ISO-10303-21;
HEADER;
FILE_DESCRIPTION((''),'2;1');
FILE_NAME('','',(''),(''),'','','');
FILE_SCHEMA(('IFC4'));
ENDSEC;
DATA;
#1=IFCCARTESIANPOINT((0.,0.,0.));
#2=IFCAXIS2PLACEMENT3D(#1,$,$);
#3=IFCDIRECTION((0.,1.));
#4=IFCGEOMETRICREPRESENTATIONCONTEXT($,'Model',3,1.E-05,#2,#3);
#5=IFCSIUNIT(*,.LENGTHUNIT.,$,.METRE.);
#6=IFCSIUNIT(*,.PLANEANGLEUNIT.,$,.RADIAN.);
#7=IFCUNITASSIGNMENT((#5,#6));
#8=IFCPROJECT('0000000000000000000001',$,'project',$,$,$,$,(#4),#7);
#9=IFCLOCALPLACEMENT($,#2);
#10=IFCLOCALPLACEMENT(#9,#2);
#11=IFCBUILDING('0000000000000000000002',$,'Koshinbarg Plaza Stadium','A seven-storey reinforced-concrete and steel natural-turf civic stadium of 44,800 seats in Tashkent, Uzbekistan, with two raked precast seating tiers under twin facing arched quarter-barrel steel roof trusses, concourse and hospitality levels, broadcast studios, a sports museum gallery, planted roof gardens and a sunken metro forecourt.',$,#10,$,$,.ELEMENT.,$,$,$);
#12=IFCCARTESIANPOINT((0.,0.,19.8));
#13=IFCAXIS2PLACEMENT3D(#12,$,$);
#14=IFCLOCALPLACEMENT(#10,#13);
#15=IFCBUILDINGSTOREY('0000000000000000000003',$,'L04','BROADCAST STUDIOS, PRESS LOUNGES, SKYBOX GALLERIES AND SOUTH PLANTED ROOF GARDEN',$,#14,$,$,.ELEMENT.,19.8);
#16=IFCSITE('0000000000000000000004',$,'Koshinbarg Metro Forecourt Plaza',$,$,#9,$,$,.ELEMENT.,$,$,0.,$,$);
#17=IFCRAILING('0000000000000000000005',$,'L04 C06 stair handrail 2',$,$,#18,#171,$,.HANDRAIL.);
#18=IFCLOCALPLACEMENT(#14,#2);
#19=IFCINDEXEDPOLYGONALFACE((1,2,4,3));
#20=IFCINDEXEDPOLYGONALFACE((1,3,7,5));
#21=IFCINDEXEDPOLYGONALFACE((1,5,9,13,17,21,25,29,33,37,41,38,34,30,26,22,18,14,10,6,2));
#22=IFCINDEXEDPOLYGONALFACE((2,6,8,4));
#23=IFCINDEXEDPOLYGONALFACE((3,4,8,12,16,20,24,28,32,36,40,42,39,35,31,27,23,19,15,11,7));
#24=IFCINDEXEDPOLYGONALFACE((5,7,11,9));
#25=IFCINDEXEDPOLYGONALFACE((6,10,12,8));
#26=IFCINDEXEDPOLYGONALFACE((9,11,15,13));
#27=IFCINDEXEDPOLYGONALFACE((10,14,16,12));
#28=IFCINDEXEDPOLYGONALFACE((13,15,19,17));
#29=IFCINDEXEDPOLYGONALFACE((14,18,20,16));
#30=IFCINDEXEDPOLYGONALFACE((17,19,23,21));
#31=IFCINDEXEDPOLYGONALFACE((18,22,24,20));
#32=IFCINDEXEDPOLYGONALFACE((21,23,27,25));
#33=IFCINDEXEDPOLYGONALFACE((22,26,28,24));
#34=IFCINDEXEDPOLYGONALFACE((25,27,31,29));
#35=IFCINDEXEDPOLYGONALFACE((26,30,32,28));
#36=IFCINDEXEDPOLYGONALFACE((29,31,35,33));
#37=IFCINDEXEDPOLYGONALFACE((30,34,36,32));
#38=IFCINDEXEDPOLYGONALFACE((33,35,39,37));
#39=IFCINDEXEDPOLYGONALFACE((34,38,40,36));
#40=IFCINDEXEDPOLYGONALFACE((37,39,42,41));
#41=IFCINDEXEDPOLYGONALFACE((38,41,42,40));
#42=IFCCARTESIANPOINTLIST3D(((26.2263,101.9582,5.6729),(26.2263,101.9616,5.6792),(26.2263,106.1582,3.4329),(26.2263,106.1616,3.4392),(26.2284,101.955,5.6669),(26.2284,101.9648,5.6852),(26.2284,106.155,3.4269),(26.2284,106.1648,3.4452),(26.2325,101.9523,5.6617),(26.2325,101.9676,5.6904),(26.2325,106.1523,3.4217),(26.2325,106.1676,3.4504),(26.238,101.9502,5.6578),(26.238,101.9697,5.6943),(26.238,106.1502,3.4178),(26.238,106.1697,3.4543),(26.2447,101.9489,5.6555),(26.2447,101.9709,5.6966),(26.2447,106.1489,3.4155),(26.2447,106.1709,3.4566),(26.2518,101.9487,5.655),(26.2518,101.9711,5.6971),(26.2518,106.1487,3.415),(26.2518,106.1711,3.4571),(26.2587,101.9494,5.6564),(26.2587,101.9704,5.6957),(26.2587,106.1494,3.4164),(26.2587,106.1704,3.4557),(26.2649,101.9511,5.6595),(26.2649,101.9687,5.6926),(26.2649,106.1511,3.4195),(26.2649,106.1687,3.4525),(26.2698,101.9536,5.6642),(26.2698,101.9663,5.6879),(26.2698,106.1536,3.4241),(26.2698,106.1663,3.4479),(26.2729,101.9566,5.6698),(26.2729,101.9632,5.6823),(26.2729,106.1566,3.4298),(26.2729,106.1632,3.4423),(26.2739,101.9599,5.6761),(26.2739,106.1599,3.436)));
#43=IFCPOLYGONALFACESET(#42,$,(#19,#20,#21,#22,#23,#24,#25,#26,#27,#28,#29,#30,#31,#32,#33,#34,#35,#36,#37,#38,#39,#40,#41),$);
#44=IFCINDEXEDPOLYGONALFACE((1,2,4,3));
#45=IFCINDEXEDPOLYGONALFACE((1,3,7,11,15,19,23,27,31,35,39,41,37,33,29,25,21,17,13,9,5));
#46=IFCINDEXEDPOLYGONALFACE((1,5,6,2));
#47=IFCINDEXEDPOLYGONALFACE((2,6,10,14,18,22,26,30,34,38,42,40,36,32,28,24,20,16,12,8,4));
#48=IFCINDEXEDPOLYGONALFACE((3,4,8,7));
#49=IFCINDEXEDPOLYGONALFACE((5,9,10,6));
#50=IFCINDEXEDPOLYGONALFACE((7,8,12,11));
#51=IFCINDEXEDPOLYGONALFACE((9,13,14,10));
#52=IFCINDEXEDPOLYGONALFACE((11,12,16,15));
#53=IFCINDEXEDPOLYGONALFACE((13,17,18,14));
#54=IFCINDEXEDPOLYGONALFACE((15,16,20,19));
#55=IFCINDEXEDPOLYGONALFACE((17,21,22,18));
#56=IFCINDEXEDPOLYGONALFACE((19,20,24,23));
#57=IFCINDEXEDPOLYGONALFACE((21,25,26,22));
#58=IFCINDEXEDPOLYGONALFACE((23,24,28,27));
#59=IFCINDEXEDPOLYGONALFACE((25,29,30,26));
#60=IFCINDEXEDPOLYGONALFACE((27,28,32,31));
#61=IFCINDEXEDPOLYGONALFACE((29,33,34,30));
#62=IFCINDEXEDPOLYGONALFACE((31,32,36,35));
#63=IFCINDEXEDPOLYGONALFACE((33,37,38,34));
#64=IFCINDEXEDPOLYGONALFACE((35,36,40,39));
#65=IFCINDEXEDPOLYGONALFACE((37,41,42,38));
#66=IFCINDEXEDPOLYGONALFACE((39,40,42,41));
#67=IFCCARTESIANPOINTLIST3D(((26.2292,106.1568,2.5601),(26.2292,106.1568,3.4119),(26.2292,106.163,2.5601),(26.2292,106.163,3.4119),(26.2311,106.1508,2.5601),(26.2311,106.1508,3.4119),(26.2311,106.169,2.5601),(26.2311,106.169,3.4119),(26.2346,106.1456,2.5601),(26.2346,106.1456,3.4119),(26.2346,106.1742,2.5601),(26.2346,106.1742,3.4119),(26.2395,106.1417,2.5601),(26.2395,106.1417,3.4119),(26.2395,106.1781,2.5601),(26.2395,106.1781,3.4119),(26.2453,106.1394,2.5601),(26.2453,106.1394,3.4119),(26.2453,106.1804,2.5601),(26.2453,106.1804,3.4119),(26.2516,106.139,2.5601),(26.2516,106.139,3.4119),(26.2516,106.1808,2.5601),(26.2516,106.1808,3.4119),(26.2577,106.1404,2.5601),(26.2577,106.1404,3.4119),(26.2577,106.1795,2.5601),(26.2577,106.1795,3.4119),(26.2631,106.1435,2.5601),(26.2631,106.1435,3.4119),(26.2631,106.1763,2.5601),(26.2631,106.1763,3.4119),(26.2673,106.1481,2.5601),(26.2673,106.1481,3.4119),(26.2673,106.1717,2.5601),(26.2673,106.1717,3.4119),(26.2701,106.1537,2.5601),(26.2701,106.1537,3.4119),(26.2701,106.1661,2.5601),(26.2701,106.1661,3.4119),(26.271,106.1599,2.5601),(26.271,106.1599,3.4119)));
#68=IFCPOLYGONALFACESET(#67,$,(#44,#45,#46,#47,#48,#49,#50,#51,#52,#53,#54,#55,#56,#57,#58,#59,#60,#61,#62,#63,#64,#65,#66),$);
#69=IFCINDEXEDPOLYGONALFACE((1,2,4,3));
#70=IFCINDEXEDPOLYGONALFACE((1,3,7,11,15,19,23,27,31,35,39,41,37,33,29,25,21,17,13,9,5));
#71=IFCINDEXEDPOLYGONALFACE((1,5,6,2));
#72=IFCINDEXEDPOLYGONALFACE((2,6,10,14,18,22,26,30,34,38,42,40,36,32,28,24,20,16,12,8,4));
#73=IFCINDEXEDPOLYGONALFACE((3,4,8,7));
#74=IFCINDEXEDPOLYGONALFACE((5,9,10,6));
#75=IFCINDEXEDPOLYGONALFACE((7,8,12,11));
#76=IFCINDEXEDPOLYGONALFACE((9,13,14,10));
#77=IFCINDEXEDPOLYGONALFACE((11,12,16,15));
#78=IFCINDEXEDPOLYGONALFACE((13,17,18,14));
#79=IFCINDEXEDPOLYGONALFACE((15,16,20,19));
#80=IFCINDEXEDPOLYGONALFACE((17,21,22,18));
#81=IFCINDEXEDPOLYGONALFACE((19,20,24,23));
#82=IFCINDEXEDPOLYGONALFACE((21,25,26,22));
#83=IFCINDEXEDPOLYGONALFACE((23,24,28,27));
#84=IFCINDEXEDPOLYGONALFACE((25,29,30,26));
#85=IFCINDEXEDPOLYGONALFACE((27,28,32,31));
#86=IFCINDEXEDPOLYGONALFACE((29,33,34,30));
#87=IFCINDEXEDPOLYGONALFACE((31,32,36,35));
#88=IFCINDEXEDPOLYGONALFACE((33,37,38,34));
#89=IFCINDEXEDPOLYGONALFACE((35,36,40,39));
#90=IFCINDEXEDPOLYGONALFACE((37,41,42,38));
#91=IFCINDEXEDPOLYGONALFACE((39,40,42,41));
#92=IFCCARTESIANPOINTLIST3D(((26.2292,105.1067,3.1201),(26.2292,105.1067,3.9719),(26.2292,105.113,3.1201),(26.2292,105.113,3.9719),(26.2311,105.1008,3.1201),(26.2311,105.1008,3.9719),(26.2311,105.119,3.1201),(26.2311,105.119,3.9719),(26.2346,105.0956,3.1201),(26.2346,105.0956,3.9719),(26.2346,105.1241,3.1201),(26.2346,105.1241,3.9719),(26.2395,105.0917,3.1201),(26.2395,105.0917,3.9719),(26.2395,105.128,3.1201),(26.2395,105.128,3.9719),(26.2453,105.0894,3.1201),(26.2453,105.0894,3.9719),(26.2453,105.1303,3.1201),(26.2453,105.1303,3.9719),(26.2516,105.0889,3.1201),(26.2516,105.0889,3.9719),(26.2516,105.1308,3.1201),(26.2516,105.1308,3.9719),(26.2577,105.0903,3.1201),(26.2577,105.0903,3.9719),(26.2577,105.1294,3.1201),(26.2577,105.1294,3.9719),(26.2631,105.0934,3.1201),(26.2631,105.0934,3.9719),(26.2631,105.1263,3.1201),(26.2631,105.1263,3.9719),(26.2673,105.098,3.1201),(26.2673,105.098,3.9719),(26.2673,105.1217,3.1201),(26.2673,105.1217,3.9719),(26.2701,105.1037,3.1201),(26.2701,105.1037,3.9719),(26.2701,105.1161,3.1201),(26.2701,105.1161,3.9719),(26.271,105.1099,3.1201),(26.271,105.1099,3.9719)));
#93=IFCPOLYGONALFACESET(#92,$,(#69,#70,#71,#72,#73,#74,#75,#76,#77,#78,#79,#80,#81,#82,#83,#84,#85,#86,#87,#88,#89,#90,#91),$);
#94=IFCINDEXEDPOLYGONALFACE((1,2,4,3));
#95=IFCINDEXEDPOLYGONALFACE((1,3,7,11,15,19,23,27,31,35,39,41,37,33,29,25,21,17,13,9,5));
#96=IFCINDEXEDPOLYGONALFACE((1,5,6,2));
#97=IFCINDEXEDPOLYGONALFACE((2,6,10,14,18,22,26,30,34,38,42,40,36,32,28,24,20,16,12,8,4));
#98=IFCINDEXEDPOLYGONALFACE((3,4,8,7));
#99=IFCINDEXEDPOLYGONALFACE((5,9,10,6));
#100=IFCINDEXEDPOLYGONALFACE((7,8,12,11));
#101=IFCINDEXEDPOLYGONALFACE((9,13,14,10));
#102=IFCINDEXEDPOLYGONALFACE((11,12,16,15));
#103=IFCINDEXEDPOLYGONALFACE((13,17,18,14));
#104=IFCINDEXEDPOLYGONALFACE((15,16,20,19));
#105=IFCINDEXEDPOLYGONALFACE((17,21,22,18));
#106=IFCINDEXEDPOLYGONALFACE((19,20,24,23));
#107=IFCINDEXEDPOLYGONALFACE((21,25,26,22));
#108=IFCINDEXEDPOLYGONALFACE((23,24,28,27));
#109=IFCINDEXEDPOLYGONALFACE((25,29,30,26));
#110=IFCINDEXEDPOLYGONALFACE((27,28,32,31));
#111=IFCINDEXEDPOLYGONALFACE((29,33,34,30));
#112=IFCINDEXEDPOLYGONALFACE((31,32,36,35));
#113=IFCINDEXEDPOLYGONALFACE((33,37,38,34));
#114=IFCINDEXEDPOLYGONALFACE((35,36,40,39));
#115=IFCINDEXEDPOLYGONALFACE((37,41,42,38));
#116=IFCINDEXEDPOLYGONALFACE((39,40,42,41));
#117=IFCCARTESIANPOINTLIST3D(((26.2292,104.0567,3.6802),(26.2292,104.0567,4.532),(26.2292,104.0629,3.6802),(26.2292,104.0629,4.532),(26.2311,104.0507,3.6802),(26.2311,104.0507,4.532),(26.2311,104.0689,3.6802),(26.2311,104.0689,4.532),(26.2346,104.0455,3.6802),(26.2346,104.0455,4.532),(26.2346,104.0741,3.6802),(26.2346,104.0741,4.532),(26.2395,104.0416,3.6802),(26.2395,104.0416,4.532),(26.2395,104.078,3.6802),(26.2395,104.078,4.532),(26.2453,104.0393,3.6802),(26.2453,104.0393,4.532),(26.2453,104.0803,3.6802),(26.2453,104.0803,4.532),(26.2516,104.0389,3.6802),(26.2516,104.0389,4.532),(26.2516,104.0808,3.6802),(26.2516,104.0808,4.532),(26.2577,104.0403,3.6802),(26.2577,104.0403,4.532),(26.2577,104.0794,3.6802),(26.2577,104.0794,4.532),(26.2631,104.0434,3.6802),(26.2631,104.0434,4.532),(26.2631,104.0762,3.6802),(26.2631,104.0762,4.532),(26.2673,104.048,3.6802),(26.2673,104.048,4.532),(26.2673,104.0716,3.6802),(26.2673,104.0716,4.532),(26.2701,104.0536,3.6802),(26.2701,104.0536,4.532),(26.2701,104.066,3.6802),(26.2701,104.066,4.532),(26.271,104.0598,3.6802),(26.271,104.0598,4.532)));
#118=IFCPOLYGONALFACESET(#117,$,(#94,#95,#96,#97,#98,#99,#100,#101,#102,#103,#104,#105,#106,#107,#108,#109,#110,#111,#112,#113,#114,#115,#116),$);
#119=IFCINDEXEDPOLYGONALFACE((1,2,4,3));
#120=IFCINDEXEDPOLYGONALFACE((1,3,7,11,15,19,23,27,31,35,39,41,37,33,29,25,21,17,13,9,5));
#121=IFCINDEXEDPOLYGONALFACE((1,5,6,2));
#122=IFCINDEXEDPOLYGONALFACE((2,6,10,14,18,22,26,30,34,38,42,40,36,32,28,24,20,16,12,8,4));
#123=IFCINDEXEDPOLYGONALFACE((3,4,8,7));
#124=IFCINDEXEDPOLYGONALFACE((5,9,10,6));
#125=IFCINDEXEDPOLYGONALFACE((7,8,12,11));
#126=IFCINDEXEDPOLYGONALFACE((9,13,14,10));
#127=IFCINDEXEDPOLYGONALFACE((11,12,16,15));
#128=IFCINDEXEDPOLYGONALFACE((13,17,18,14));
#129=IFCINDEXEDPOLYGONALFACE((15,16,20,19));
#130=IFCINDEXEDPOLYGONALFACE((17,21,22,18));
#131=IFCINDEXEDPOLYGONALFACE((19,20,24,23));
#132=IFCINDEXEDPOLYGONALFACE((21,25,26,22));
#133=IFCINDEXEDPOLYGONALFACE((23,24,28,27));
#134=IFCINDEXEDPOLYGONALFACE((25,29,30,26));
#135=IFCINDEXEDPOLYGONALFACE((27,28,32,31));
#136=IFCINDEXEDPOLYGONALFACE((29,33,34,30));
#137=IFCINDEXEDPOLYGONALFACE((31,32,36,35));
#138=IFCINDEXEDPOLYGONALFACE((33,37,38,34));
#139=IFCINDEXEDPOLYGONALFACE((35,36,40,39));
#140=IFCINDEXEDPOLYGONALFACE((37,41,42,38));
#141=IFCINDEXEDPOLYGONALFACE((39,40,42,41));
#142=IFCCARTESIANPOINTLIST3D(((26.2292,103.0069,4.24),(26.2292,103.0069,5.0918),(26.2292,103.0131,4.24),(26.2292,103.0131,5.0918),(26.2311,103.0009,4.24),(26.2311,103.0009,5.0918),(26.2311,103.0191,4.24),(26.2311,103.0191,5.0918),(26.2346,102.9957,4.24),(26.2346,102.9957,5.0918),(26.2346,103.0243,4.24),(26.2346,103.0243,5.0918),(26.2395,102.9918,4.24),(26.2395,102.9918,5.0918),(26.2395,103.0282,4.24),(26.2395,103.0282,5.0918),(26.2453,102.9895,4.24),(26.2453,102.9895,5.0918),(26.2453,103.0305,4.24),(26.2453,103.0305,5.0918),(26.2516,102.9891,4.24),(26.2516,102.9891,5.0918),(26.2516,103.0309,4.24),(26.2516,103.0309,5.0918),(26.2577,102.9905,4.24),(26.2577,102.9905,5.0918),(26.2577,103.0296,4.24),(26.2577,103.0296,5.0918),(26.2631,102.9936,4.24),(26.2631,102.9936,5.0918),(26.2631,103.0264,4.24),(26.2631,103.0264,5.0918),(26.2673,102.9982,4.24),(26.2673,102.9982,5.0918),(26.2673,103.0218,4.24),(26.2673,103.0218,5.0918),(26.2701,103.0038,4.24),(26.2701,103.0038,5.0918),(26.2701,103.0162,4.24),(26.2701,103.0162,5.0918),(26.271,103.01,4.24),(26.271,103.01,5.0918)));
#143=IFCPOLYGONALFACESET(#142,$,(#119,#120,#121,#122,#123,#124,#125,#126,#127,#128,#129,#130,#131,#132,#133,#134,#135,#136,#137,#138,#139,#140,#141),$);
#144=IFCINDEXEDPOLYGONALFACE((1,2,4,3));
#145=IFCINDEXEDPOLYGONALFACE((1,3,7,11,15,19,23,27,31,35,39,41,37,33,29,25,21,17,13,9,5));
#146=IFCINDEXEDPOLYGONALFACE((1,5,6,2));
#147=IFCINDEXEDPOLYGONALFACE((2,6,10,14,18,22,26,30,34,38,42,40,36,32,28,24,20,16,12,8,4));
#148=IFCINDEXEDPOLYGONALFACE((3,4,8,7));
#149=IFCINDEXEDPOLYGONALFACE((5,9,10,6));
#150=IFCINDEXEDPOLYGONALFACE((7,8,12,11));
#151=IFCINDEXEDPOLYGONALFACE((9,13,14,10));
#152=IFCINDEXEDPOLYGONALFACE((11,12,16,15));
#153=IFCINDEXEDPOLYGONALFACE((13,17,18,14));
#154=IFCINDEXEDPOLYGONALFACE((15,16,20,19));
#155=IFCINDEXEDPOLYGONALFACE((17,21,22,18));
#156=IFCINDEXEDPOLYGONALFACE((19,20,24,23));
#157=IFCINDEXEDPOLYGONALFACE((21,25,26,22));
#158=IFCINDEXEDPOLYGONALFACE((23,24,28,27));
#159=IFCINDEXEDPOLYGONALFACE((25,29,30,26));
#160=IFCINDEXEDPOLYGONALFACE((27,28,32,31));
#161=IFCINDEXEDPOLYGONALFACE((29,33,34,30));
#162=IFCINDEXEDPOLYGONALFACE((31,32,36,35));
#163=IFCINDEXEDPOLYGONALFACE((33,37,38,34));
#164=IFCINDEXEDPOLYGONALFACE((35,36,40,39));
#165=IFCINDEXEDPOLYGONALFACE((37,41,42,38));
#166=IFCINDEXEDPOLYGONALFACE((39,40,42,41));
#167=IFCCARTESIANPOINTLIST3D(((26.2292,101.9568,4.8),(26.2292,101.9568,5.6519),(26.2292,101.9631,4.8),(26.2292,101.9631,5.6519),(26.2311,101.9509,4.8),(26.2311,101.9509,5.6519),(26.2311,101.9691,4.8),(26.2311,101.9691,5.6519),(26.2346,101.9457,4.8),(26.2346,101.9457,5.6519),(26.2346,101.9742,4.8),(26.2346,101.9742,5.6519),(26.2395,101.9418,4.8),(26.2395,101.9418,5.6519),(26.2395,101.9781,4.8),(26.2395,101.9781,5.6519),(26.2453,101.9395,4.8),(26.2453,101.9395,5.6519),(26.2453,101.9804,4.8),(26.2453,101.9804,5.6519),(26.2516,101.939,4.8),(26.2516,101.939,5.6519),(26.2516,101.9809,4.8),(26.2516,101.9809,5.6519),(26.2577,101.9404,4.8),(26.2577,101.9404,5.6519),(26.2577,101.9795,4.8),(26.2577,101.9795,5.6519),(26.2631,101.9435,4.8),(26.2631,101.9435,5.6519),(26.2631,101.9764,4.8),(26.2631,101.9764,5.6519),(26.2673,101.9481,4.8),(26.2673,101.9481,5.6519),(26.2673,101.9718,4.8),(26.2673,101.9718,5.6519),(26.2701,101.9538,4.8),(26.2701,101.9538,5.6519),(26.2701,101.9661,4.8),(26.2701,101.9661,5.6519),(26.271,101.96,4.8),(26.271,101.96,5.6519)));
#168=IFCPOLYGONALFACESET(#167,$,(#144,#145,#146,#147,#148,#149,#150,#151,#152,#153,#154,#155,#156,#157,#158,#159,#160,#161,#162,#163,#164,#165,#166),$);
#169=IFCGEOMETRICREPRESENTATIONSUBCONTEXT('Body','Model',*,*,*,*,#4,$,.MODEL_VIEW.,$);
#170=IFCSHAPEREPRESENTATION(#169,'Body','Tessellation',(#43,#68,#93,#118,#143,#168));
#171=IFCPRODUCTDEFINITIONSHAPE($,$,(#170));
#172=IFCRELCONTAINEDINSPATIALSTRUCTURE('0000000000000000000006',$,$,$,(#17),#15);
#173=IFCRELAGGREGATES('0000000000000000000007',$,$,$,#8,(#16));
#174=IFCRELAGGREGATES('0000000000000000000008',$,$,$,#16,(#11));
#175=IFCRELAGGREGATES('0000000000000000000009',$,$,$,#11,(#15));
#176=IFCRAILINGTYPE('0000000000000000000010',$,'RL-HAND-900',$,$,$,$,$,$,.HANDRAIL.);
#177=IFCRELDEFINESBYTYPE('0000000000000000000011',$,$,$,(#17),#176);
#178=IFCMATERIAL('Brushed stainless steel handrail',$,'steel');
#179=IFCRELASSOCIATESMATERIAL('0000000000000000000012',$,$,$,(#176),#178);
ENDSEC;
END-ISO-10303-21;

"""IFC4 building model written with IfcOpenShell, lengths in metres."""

from ifc_helpers import new_model, si_unit, direction, frame, origin, origin_2d, place, context, subcontext, project, spatial, circle, extrude, material, type_object, element, save


model = new_model("IFC4")

# Units and contexts
model_context = context("Model", 3, precision=1e-05, world=origin(), true_north=direction((0.0, 1.0)))
body_context = subcontext(model_context, "Body", "Model", "MODEL_VIEW")
ifc_project = project(units=[si_unit("LENGTHUNIT", "METRE"), si_unit("PLANEANGLEUNIT", "RADIAN")], contexts=[model_context])

# Site, building, storey
site_placement = place(None, origin())
site = spatial("IfcSite", under=ifc_project, at=site_placement, Name="Koshinbarg Metro Forecourt Plaza", CompositionType="ELEMENT", RefElevation=0.0)
building_placement = place(site_placement, origin())
building = spatial("IfcBuilding", under=site, at=building_placement, Name="Koshinbarg Plaza Stadium", Description="A seven-storey reinforced-concrete and steel natural-turf civic stadium of 44,800 seats in Tashkent, Uzbekistan, with two raked precast seating tiers under twin facing arched quarter-barrel steel roof trusses, concourse and hospitality levels, broadcast studios, a sports museum gallery, planted roof gardens and a sunken metro forecourt.", CompositionType="ELEMENT")
storey_placement = place(building_placement, frame((0.0, 0.0, 19.8)))
storey = spatial("IfcBuildingStorey", under=building, at=storey_placement, Name="L04", Description="BROADCAST STUDIOS, PRESS LOUNGES, SKYBOX GALLERIES AND SOUTH PLANTED ROOF GARDEN", CompositionType="ELEMENT", Elevation=19.8)

# Railing
ifc_material_1 = material(Name="Brushed stainless steel handrail", Category="steel")
railing_type_1 = type_object("IfcRailingType", Name="RL-HAND-900", PredefinedType="HANDRAIL", material=ifc_material_1)
railing_1_placement = place(storey_placement, frame((26.25, 106.1599, 2.5601)))
element("IfcRailing", 1, at=railing_1_placement, inside=storey, type_object=railing_type_1, Name="L04 C06 stair handrail 2", PredefinedType="HANDRAIL", context=body_context, shape_type="SweptSolid", body=[
    extrude(circle(Radius=0.0239, at=origin_2d()), frame((0.0, 0.0, 0.876), z_axis=(0.0, -0.882352, 0.470591), x_axis=(1.0, 0.0, 0.0)), (0.0, 0.0, 1.0), 4.76),
    extrude(circle(Radius=0.021, at=origin_2d()), origin(), (0.0, 0.0, 1.0), 0.8518),
    extrude(circle(Radius=0.021, at=origin_2d()), frame((0.0, -1.05, 0.5601)), (0.0, 0.0, 1.0), 0.8518),
    extrude(circle(Radius=0.021, at=origin_2d()), frame((0.0, -2.1001, 1.1201)), (0.0, 0.0, 1.0), 0.8518),
    extrude(circle(Radius=0.021, at=origin_2d()), frame((0.0, -3.1499, 1.6799)), (0.0, 0.0, 1.0), 0.8518),
    extrude(circle(Radius=0.021, at=origin_2d()), frame((0.0, -4.2, 2.24)), (0.0, 0.0, 1.0), 0.8518),
])

save(model, "model.ifc")
